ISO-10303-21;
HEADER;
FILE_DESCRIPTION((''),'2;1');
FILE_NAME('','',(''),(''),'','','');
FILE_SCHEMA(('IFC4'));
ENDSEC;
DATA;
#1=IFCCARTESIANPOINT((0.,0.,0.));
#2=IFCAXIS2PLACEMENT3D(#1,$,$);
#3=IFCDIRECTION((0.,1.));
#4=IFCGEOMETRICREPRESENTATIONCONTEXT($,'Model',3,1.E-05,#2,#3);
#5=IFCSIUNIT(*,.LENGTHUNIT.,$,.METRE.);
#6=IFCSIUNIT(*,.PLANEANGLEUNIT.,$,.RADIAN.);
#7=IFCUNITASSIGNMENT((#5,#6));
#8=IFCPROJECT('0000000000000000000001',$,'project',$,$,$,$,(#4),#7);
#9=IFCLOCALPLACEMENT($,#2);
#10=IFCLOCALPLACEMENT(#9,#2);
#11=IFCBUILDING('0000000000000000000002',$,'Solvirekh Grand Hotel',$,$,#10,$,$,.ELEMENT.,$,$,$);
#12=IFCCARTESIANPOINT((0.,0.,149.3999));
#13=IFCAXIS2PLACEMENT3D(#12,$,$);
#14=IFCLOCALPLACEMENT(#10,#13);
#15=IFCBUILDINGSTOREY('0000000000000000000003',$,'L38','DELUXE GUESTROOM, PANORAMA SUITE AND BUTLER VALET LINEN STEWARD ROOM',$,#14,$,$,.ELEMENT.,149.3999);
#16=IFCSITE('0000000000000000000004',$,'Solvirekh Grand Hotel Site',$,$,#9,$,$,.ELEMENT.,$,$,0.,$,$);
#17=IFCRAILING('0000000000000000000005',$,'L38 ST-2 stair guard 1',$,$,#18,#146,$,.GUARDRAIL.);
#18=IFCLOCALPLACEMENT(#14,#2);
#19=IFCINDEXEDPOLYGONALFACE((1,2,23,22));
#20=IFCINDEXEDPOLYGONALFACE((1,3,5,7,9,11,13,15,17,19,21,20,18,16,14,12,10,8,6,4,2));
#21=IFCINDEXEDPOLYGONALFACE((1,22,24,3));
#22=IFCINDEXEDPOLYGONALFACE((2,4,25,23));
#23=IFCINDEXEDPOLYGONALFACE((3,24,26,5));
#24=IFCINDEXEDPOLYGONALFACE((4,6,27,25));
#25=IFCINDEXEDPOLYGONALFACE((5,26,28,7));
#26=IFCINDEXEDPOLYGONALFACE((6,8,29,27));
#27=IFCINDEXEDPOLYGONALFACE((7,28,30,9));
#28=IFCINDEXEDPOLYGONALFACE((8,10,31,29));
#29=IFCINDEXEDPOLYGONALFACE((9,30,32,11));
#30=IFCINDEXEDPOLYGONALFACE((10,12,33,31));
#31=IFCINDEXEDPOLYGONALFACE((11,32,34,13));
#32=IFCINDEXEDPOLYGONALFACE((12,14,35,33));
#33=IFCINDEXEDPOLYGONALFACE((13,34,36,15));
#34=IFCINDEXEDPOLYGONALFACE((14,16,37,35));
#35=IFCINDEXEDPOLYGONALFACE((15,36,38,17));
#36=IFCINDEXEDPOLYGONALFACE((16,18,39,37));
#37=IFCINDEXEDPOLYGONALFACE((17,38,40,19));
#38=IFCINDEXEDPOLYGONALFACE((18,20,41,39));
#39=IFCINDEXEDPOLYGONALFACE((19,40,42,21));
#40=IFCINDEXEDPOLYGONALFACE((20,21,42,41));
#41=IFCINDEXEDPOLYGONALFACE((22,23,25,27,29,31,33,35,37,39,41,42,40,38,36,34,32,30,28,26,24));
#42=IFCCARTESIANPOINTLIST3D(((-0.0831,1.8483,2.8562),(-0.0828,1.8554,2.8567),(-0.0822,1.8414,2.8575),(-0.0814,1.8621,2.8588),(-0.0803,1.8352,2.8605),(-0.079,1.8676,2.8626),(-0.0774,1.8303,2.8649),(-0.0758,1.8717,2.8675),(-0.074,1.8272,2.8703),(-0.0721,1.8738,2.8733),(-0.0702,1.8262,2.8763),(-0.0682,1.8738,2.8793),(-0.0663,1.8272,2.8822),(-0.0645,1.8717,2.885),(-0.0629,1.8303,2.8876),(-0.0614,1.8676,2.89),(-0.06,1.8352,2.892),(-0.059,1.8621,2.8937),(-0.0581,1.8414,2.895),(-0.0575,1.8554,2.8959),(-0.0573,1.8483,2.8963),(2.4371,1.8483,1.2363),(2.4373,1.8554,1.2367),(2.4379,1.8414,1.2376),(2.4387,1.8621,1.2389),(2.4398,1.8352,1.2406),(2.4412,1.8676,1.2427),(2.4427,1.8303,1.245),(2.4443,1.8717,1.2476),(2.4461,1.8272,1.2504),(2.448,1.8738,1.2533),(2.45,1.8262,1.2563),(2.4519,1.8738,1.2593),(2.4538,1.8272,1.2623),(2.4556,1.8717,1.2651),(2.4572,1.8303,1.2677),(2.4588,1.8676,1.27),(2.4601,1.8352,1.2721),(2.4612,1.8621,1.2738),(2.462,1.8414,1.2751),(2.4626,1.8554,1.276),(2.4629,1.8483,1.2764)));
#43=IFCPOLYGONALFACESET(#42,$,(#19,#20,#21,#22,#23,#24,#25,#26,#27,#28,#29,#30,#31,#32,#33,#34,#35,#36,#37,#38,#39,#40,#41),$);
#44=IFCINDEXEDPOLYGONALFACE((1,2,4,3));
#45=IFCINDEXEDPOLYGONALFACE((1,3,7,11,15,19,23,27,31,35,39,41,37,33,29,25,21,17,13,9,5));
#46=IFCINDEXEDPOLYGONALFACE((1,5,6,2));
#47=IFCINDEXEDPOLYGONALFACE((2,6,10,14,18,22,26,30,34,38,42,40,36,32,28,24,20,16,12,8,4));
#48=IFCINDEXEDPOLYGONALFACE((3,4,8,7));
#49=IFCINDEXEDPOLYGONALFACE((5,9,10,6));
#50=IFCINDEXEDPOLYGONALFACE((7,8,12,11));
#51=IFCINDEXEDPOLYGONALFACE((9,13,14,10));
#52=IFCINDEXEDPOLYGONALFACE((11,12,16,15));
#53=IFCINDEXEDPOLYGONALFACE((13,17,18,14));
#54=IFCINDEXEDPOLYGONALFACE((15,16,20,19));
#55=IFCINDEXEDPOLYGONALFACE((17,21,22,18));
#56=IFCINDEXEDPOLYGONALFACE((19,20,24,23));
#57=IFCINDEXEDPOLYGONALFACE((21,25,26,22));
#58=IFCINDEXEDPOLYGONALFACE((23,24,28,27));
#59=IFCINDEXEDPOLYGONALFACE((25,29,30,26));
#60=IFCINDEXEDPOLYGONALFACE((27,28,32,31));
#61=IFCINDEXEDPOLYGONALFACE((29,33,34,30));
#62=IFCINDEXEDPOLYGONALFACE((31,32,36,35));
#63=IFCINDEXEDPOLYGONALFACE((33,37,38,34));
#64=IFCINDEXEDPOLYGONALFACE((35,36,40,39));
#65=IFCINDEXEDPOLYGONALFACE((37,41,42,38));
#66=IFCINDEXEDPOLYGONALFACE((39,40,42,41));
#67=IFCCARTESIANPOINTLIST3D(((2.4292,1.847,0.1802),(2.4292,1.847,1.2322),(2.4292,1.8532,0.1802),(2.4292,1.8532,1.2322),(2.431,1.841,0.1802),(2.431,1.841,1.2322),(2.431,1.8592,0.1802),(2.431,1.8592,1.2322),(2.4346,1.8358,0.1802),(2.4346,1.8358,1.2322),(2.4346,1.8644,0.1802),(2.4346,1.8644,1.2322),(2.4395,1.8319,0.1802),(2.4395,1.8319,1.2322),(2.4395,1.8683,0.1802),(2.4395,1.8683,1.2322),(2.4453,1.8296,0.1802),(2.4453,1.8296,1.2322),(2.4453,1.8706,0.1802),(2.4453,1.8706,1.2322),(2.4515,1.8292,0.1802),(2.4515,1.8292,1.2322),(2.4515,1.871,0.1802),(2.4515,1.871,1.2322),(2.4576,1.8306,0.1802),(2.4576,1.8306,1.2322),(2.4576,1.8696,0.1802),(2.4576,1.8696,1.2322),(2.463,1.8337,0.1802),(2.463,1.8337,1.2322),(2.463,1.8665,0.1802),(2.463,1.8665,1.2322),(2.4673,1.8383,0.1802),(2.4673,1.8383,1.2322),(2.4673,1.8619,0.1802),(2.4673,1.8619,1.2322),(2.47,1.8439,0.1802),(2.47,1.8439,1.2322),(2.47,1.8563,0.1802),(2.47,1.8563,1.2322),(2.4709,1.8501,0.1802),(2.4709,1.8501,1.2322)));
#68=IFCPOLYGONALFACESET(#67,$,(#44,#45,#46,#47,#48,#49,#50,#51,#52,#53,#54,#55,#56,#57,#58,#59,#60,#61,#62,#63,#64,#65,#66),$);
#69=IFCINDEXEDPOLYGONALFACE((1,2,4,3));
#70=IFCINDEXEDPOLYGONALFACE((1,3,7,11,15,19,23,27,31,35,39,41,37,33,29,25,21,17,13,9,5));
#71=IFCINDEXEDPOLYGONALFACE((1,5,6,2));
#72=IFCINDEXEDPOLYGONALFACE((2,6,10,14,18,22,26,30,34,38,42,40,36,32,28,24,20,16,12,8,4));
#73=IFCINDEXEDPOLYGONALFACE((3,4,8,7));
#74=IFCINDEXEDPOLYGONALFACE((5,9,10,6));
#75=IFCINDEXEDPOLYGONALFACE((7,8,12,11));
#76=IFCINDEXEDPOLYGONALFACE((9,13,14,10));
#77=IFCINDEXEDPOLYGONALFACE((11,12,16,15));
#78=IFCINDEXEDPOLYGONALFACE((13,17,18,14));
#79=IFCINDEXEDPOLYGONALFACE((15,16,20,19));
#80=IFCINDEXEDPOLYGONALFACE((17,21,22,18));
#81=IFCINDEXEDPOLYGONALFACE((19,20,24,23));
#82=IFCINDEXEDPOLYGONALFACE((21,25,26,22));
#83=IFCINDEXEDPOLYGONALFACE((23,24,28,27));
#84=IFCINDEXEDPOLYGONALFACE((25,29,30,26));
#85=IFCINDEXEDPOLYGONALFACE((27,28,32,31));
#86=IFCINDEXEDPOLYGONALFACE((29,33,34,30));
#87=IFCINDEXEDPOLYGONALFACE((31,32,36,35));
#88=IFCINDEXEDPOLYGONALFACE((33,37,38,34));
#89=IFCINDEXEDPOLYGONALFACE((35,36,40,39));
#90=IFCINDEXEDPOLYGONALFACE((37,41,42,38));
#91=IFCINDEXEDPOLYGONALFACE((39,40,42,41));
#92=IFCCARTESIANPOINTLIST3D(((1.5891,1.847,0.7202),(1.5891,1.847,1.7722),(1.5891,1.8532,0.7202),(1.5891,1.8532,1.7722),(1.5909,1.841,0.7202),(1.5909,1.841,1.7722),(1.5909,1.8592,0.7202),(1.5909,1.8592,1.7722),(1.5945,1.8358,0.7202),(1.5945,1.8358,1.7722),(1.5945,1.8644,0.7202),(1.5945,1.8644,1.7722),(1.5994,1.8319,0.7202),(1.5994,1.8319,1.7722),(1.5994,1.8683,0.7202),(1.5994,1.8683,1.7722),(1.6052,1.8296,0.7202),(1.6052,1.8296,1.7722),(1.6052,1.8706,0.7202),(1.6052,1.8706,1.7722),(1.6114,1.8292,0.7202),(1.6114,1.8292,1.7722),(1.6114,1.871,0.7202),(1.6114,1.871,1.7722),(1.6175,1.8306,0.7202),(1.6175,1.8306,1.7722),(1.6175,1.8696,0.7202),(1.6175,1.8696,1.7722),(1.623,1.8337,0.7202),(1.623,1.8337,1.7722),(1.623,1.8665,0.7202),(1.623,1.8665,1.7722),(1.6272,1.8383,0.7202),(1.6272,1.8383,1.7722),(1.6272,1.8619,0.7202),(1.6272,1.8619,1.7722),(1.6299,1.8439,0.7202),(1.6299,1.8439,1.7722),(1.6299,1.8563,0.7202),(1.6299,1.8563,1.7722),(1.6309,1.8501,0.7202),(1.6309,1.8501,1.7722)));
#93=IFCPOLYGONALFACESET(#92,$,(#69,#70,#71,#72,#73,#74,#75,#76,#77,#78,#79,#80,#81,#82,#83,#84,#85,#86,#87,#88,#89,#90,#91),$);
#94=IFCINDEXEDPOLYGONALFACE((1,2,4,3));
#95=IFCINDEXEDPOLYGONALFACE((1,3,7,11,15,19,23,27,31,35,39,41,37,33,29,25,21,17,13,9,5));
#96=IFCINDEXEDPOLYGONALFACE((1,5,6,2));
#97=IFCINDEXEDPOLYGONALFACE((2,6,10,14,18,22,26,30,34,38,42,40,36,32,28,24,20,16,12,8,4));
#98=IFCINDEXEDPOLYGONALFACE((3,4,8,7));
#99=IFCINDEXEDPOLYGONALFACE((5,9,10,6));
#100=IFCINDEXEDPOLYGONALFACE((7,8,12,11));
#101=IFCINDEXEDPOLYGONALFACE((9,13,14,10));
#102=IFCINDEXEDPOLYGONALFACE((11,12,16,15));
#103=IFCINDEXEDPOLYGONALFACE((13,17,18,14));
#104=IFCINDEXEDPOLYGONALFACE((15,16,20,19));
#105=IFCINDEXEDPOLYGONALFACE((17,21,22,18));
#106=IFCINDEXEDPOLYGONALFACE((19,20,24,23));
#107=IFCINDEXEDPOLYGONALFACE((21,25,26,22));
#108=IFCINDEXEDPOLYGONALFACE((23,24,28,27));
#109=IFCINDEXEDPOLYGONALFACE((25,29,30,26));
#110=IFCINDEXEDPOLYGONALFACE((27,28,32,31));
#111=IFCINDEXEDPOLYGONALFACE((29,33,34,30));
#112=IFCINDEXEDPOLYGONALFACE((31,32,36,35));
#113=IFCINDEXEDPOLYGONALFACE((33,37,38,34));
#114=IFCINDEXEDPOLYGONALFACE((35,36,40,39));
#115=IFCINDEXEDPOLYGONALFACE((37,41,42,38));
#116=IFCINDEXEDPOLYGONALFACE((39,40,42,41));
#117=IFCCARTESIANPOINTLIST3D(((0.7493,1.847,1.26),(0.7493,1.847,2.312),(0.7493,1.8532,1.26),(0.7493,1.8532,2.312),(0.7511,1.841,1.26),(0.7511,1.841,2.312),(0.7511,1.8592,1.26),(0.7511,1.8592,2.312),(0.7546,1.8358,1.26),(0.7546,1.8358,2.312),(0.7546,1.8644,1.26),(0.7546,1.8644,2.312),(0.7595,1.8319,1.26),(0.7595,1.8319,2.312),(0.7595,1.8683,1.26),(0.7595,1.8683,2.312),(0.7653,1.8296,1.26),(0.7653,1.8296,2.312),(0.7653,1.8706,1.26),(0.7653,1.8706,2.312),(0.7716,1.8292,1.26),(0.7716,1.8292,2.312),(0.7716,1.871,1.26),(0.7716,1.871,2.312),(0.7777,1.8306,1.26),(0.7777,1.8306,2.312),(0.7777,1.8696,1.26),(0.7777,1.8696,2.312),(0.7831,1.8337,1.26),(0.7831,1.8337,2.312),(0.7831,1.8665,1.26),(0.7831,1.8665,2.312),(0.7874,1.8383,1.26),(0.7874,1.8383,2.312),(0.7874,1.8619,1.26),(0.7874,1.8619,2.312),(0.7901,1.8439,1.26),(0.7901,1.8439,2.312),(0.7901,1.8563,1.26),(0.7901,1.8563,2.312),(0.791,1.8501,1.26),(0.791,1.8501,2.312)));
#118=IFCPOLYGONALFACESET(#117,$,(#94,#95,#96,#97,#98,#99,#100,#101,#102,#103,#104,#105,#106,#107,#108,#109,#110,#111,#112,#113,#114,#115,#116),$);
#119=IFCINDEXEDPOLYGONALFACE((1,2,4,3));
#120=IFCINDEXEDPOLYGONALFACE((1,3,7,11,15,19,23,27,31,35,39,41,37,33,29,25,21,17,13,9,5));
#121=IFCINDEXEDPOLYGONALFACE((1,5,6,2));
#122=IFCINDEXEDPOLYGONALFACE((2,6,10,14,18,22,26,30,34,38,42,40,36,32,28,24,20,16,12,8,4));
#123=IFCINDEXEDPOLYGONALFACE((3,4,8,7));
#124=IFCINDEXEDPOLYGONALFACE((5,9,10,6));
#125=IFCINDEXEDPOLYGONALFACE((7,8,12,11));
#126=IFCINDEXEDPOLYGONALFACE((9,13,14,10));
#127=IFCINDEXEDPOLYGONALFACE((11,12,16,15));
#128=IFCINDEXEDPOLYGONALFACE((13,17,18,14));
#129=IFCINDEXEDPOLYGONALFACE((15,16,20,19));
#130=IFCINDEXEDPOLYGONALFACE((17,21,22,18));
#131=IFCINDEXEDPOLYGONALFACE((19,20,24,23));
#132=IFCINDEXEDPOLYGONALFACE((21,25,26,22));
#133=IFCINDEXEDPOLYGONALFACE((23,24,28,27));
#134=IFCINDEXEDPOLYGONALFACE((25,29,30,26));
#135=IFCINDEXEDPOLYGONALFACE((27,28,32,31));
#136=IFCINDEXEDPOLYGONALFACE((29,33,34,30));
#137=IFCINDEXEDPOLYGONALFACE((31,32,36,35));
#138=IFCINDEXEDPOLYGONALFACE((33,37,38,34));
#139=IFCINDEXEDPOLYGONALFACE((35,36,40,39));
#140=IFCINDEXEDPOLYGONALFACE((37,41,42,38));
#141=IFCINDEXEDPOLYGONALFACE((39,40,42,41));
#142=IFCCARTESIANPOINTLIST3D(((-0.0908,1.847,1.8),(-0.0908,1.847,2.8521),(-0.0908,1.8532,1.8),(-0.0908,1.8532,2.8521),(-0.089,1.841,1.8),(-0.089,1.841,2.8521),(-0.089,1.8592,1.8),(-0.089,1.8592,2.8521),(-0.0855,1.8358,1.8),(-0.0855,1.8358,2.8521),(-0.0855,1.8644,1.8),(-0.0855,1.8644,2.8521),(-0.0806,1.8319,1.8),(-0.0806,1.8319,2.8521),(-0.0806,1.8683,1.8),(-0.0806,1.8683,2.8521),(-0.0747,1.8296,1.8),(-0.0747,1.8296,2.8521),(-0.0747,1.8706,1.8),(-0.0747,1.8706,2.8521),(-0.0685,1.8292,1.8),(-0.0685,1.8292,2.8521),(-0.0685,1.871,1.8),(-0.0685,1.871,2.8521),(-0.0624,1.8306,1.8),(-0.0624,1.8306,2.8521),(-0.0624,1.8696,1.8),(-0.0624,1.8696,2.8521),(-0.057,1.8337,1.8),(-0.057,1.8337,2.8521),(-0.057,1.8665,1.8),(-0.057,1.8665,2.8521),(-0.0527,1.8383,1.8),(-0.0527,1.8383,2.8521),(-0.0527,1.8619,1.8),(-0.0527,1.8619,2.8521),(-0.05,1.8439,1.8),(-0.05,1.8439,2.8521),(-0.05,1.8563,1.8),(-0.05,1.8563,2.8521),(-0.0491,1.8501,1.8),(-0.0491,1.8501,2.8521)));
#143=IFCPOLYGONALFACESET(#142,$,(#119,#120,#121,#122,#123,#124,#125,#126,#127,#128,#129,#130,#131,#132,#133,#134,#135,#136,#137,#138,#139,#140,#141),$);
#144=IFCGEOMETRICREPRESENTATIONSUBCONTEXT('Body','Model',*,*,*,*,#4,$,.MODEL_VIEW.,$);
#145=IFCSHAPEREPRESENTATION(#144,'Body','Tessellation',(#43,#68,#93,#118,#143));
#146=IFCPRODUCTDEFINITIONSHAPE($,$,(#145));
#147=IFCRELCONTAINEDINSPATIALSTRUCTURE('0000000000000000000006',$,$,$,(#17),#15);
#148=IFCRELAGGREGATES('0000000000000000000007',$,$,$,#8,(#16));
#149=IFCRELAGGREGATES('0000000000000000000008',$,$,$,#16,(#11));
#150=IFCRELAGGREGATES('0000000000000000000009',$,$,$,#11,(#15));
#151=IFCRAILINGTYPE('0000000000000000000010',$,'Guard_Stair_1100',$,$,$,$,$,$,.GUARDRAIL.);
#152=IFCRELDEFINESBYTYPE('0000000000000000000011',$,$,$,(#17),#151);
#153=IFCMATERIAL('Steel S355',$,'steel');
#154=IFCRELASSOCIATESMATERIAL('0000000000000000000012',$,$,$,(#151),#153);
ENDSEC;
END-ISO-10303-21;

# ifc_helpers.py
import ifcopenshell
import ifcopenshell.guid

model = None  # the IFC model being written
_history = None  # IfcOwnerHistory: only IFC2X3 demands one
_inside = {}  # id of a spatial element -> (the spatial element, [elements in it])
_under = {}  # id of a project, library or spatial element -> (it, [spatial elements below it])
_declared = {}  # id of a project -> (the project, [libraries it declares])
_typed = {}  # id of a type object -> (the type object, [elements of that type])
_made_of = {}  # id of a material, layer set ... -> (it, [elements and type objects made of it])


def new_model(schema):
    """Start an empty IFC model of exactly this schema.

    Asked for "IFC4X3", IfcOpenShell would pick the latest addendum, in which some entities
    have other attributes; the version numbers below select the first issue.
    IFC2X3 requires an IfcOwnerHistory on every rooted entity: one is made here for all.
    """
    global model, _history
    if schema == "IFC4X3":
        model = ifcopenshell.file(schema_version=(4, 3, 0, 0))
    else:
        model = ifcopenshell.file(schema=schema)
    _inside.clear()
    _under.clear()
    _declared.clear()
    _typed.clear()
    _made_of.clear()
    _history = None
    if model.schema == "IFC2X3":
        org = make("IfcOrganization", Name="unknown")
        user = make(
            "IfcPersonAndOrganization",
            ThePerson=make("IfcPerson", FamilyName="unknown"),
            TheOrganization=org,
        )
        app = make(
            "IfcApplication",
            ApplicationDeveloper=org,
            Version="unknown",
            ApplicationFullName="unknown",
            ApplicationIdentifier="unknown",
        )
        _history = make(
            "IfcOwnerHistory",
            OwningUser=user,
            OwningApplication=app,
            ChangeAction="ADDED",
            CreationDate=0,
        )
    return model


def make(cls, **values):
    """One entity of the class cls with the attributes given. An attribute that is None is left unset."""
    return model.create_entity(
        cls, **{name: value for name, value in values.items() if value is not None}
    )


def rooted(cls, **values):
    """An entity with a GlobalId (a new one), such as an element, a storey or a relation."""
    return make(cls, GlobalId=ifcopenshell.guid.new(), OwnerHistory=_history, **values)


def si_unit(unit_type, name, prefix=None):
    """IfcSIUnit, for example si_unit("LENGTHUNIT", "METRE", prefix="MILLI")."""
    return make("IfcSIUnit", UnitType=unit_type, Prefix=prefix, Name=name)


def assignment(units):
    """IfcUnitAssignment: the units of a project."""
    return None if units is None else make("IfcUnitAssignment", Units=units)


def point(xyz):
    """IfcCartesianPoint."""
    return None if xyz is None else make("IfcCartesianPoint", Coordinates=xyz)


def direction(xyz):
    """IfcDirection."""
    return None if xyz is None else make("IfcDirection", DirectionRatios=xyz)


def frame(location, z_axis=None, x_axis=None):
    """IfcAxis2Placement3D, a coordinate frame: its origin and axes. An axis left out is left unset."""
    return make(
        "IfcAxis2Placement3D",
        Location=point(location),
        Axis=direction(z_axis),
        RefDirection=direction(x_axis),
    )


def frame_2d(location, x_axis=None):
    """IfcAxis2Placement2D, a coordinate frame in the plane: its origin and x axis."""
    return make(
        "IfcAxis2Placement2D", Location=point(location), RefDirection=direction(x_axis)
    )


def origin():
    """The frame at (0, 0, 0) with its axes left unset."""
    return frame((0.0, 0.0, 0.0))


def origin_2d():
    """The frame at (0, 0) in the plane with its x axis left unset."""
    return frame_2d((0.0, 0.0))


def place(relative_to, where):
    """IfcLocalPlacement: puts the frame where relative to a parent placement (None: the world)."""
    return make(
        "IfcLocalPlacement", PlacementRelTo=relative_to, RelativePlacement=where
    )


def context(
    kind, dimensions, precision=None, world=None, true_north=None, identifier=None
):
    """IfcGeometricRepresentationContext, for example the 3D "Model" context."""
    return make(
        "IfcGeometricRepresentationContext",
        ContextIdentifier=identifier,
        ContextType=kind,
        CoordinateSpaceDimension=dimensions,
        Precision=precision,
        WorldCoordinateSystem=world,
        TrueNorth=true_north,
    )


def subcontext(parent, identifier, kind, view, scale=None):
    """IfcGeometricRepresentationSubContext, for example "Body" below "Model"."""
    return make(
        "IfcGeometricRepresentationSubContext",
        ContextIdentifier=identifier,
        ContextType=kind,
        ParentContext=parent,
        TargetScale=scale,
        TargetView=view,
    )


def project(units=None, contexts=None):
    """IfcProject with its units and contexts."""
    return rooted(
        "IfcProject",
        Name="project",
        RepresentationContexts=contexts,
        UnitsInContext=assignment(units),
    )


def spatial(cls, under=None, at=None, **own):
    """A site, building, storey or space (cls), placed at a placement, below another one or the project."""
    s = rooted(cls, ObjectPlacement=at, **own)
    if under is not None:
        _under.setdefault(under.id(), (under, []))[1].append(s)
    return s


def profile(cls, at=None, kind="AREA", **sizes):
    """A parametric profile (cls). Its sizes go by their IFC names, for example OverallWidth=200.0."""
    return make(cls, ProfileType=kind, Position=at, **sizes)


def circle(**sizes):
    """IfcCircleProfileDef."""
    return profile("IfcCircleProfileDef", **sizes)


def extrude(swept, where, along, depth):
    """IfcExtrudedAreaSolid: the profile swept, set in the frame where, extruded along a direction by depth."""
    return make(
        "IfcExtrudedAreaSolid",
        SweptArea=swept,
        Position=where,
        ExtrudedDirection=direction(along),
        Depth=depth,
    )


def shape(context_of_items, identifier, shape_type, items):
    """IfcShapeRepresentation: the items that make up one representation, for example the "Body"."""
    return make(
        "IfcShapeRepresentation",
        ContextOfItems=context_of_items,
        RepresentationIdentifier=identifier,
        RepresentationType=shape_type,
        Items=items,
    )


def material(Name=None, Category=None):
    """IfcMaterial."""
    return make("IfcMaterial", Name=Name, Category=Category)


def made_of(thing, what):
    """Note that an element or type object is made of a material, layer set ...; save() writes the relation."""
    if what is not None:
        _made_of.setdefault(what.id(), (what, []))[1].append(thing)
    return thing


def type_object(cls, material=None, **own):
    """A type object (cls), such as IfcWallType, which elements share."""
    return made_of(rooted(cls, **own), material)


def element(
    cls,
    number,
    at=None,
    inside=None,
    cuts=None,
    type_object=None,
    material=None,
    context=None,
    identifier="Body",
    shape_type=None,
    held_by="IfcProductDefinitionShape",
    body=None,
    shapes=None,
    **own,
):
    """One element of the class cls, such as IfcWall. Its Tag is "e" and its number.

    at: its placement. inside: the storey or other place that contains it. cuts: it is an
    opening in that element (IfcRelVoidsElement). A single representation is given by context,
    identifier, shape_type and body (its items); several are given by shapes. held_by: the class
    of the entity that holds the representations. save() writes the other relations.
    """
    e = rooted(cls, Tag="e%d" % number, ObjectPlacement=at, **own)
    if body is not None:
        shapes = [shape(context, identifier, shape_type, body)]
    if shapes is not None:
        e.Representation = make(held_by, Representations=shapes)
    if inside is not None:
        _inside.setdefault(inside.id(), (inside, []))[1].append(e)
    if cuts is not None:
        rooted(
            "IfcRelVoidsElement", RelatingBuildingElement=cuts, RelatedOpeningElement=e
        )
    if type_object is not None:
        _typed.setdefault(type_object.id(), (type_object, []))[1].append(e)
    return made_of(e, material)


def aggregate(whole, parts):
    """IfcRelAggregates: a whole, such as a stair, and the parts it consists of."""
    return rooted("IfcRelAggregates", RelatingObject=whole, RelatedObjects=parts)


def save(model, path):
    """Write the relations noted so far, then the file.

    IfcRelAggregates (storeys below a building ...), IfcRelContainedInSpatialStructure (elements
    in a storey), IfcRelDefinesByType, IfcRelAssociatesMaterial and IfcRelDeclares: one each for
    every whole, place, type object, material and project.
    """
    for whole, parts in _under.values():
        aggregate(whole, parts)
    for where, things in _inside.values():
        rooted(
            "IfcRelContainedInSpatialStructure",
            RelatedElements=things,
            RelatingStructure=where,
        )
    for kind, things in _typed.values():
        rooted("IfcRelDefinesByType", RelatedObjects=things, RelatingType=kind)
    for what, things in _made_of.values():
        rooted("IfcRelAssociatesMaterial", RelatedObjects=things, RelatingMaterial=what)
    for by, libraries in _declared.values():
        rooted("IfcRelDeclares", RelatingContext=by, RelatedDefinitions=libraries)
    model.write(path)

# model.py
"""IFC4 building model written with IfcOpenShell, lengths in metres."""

from ifc_helpers import new_model, si_unit, direction, frame, origin, origin_2d, place, context, subcontext, project, spatial, circle, extrude, material, type_object, element, save


model = new_model("IFC4")

# Units and contexts
model_context = context("Model", 3, precision=1e-05, world=origin(), true_north=direction((0.0, 1.0)))
body_context = subcontext(model_context, "Body", "Model", "MODEL_VIEW")
ifc_project = project(units=[si_unit("LENGTHUNIT", "METRE"), si_unit("PLANEANGLEUNIT", "RADIAN")], contexts=[model_context])

# Site, building, storey
site_placement = place(None, origin())
site = spatial("IfcSite", under=ifc_project, at=site_placement, Name="Solvirekh Grand Hotel Site", CompositionType="ELEMENT", RefElevation=0.0)
building_placement = place(site_placement, origin())
building = spatial("IfcBuilding", under=site, at=building_placement, Name="Solvirekh Grand Hotel", CompositionType="ELEMENT")
storey_placement = place(building_placement, frame((0.0, 0.0, 149.3999)))
storey = spatial("IfcBuildingStorey", under=building, at=storey_placement, Name="L38", Description="DELUXE GUESTROOM, PANORAMA SUITE AND BUTLER VALET LINEN STEWARD ROOM", CompositionType="ELEMENT", Elevation=149.3999)

# Shared definitions
ifc_material_1 = material(Name="Steel S355", Category="steel")

# Railing
railing_type_1 = type_object("IfcRailingType", Name="Guard_Stair_1100", PredefinedType="GUARDRAIL", material=ifc_material_1)
railing_1_placement = place(storey_placement, frame((2.45, 1.8501, 0.1802)))
element("IfcRailing", 1, at=railing_1_placement, inside=storey, type_object=railing_type_1, Name="L38 ST-2 stair guard 1", PredefinedType="GUARDRAIL", context=body_context, shape_type="SweptSolid", body=[
    extrude(circle(Radius=0.0239, at=origin_2d()), frame((0.0, 0.0, 1.0762), z_axis=(-0.8412, 0.0, 0.540725), x_axis=(0.0, -1.0, 0.0)), (0.0, 0.0, 1.0), 2.9958),
    extrude(circle(Radius=0.021, at=origin_2d()), origin(), (0.0, 0.0, 1.0), 1.052),
    extrude(circle(Radius=0.021, at=origin_2d()), frame((-0.8401, 0.0, 0.54)), (0.0, 0.0, 1.0), 1.052),
    extrude(circle(Radius=0.021, at=origin_2d()), frame((-1.6799, 0.0, 1.0798)), (0.0, 0.0, 1.0), 1.052),
    extrude(circle(Radius=0.021, at=origin_2d()), frame((-2.52, 0.0, 1.6199)), (0.0, 0.0, 1.0), 1.052),
])

save(model, "model.ifc")
